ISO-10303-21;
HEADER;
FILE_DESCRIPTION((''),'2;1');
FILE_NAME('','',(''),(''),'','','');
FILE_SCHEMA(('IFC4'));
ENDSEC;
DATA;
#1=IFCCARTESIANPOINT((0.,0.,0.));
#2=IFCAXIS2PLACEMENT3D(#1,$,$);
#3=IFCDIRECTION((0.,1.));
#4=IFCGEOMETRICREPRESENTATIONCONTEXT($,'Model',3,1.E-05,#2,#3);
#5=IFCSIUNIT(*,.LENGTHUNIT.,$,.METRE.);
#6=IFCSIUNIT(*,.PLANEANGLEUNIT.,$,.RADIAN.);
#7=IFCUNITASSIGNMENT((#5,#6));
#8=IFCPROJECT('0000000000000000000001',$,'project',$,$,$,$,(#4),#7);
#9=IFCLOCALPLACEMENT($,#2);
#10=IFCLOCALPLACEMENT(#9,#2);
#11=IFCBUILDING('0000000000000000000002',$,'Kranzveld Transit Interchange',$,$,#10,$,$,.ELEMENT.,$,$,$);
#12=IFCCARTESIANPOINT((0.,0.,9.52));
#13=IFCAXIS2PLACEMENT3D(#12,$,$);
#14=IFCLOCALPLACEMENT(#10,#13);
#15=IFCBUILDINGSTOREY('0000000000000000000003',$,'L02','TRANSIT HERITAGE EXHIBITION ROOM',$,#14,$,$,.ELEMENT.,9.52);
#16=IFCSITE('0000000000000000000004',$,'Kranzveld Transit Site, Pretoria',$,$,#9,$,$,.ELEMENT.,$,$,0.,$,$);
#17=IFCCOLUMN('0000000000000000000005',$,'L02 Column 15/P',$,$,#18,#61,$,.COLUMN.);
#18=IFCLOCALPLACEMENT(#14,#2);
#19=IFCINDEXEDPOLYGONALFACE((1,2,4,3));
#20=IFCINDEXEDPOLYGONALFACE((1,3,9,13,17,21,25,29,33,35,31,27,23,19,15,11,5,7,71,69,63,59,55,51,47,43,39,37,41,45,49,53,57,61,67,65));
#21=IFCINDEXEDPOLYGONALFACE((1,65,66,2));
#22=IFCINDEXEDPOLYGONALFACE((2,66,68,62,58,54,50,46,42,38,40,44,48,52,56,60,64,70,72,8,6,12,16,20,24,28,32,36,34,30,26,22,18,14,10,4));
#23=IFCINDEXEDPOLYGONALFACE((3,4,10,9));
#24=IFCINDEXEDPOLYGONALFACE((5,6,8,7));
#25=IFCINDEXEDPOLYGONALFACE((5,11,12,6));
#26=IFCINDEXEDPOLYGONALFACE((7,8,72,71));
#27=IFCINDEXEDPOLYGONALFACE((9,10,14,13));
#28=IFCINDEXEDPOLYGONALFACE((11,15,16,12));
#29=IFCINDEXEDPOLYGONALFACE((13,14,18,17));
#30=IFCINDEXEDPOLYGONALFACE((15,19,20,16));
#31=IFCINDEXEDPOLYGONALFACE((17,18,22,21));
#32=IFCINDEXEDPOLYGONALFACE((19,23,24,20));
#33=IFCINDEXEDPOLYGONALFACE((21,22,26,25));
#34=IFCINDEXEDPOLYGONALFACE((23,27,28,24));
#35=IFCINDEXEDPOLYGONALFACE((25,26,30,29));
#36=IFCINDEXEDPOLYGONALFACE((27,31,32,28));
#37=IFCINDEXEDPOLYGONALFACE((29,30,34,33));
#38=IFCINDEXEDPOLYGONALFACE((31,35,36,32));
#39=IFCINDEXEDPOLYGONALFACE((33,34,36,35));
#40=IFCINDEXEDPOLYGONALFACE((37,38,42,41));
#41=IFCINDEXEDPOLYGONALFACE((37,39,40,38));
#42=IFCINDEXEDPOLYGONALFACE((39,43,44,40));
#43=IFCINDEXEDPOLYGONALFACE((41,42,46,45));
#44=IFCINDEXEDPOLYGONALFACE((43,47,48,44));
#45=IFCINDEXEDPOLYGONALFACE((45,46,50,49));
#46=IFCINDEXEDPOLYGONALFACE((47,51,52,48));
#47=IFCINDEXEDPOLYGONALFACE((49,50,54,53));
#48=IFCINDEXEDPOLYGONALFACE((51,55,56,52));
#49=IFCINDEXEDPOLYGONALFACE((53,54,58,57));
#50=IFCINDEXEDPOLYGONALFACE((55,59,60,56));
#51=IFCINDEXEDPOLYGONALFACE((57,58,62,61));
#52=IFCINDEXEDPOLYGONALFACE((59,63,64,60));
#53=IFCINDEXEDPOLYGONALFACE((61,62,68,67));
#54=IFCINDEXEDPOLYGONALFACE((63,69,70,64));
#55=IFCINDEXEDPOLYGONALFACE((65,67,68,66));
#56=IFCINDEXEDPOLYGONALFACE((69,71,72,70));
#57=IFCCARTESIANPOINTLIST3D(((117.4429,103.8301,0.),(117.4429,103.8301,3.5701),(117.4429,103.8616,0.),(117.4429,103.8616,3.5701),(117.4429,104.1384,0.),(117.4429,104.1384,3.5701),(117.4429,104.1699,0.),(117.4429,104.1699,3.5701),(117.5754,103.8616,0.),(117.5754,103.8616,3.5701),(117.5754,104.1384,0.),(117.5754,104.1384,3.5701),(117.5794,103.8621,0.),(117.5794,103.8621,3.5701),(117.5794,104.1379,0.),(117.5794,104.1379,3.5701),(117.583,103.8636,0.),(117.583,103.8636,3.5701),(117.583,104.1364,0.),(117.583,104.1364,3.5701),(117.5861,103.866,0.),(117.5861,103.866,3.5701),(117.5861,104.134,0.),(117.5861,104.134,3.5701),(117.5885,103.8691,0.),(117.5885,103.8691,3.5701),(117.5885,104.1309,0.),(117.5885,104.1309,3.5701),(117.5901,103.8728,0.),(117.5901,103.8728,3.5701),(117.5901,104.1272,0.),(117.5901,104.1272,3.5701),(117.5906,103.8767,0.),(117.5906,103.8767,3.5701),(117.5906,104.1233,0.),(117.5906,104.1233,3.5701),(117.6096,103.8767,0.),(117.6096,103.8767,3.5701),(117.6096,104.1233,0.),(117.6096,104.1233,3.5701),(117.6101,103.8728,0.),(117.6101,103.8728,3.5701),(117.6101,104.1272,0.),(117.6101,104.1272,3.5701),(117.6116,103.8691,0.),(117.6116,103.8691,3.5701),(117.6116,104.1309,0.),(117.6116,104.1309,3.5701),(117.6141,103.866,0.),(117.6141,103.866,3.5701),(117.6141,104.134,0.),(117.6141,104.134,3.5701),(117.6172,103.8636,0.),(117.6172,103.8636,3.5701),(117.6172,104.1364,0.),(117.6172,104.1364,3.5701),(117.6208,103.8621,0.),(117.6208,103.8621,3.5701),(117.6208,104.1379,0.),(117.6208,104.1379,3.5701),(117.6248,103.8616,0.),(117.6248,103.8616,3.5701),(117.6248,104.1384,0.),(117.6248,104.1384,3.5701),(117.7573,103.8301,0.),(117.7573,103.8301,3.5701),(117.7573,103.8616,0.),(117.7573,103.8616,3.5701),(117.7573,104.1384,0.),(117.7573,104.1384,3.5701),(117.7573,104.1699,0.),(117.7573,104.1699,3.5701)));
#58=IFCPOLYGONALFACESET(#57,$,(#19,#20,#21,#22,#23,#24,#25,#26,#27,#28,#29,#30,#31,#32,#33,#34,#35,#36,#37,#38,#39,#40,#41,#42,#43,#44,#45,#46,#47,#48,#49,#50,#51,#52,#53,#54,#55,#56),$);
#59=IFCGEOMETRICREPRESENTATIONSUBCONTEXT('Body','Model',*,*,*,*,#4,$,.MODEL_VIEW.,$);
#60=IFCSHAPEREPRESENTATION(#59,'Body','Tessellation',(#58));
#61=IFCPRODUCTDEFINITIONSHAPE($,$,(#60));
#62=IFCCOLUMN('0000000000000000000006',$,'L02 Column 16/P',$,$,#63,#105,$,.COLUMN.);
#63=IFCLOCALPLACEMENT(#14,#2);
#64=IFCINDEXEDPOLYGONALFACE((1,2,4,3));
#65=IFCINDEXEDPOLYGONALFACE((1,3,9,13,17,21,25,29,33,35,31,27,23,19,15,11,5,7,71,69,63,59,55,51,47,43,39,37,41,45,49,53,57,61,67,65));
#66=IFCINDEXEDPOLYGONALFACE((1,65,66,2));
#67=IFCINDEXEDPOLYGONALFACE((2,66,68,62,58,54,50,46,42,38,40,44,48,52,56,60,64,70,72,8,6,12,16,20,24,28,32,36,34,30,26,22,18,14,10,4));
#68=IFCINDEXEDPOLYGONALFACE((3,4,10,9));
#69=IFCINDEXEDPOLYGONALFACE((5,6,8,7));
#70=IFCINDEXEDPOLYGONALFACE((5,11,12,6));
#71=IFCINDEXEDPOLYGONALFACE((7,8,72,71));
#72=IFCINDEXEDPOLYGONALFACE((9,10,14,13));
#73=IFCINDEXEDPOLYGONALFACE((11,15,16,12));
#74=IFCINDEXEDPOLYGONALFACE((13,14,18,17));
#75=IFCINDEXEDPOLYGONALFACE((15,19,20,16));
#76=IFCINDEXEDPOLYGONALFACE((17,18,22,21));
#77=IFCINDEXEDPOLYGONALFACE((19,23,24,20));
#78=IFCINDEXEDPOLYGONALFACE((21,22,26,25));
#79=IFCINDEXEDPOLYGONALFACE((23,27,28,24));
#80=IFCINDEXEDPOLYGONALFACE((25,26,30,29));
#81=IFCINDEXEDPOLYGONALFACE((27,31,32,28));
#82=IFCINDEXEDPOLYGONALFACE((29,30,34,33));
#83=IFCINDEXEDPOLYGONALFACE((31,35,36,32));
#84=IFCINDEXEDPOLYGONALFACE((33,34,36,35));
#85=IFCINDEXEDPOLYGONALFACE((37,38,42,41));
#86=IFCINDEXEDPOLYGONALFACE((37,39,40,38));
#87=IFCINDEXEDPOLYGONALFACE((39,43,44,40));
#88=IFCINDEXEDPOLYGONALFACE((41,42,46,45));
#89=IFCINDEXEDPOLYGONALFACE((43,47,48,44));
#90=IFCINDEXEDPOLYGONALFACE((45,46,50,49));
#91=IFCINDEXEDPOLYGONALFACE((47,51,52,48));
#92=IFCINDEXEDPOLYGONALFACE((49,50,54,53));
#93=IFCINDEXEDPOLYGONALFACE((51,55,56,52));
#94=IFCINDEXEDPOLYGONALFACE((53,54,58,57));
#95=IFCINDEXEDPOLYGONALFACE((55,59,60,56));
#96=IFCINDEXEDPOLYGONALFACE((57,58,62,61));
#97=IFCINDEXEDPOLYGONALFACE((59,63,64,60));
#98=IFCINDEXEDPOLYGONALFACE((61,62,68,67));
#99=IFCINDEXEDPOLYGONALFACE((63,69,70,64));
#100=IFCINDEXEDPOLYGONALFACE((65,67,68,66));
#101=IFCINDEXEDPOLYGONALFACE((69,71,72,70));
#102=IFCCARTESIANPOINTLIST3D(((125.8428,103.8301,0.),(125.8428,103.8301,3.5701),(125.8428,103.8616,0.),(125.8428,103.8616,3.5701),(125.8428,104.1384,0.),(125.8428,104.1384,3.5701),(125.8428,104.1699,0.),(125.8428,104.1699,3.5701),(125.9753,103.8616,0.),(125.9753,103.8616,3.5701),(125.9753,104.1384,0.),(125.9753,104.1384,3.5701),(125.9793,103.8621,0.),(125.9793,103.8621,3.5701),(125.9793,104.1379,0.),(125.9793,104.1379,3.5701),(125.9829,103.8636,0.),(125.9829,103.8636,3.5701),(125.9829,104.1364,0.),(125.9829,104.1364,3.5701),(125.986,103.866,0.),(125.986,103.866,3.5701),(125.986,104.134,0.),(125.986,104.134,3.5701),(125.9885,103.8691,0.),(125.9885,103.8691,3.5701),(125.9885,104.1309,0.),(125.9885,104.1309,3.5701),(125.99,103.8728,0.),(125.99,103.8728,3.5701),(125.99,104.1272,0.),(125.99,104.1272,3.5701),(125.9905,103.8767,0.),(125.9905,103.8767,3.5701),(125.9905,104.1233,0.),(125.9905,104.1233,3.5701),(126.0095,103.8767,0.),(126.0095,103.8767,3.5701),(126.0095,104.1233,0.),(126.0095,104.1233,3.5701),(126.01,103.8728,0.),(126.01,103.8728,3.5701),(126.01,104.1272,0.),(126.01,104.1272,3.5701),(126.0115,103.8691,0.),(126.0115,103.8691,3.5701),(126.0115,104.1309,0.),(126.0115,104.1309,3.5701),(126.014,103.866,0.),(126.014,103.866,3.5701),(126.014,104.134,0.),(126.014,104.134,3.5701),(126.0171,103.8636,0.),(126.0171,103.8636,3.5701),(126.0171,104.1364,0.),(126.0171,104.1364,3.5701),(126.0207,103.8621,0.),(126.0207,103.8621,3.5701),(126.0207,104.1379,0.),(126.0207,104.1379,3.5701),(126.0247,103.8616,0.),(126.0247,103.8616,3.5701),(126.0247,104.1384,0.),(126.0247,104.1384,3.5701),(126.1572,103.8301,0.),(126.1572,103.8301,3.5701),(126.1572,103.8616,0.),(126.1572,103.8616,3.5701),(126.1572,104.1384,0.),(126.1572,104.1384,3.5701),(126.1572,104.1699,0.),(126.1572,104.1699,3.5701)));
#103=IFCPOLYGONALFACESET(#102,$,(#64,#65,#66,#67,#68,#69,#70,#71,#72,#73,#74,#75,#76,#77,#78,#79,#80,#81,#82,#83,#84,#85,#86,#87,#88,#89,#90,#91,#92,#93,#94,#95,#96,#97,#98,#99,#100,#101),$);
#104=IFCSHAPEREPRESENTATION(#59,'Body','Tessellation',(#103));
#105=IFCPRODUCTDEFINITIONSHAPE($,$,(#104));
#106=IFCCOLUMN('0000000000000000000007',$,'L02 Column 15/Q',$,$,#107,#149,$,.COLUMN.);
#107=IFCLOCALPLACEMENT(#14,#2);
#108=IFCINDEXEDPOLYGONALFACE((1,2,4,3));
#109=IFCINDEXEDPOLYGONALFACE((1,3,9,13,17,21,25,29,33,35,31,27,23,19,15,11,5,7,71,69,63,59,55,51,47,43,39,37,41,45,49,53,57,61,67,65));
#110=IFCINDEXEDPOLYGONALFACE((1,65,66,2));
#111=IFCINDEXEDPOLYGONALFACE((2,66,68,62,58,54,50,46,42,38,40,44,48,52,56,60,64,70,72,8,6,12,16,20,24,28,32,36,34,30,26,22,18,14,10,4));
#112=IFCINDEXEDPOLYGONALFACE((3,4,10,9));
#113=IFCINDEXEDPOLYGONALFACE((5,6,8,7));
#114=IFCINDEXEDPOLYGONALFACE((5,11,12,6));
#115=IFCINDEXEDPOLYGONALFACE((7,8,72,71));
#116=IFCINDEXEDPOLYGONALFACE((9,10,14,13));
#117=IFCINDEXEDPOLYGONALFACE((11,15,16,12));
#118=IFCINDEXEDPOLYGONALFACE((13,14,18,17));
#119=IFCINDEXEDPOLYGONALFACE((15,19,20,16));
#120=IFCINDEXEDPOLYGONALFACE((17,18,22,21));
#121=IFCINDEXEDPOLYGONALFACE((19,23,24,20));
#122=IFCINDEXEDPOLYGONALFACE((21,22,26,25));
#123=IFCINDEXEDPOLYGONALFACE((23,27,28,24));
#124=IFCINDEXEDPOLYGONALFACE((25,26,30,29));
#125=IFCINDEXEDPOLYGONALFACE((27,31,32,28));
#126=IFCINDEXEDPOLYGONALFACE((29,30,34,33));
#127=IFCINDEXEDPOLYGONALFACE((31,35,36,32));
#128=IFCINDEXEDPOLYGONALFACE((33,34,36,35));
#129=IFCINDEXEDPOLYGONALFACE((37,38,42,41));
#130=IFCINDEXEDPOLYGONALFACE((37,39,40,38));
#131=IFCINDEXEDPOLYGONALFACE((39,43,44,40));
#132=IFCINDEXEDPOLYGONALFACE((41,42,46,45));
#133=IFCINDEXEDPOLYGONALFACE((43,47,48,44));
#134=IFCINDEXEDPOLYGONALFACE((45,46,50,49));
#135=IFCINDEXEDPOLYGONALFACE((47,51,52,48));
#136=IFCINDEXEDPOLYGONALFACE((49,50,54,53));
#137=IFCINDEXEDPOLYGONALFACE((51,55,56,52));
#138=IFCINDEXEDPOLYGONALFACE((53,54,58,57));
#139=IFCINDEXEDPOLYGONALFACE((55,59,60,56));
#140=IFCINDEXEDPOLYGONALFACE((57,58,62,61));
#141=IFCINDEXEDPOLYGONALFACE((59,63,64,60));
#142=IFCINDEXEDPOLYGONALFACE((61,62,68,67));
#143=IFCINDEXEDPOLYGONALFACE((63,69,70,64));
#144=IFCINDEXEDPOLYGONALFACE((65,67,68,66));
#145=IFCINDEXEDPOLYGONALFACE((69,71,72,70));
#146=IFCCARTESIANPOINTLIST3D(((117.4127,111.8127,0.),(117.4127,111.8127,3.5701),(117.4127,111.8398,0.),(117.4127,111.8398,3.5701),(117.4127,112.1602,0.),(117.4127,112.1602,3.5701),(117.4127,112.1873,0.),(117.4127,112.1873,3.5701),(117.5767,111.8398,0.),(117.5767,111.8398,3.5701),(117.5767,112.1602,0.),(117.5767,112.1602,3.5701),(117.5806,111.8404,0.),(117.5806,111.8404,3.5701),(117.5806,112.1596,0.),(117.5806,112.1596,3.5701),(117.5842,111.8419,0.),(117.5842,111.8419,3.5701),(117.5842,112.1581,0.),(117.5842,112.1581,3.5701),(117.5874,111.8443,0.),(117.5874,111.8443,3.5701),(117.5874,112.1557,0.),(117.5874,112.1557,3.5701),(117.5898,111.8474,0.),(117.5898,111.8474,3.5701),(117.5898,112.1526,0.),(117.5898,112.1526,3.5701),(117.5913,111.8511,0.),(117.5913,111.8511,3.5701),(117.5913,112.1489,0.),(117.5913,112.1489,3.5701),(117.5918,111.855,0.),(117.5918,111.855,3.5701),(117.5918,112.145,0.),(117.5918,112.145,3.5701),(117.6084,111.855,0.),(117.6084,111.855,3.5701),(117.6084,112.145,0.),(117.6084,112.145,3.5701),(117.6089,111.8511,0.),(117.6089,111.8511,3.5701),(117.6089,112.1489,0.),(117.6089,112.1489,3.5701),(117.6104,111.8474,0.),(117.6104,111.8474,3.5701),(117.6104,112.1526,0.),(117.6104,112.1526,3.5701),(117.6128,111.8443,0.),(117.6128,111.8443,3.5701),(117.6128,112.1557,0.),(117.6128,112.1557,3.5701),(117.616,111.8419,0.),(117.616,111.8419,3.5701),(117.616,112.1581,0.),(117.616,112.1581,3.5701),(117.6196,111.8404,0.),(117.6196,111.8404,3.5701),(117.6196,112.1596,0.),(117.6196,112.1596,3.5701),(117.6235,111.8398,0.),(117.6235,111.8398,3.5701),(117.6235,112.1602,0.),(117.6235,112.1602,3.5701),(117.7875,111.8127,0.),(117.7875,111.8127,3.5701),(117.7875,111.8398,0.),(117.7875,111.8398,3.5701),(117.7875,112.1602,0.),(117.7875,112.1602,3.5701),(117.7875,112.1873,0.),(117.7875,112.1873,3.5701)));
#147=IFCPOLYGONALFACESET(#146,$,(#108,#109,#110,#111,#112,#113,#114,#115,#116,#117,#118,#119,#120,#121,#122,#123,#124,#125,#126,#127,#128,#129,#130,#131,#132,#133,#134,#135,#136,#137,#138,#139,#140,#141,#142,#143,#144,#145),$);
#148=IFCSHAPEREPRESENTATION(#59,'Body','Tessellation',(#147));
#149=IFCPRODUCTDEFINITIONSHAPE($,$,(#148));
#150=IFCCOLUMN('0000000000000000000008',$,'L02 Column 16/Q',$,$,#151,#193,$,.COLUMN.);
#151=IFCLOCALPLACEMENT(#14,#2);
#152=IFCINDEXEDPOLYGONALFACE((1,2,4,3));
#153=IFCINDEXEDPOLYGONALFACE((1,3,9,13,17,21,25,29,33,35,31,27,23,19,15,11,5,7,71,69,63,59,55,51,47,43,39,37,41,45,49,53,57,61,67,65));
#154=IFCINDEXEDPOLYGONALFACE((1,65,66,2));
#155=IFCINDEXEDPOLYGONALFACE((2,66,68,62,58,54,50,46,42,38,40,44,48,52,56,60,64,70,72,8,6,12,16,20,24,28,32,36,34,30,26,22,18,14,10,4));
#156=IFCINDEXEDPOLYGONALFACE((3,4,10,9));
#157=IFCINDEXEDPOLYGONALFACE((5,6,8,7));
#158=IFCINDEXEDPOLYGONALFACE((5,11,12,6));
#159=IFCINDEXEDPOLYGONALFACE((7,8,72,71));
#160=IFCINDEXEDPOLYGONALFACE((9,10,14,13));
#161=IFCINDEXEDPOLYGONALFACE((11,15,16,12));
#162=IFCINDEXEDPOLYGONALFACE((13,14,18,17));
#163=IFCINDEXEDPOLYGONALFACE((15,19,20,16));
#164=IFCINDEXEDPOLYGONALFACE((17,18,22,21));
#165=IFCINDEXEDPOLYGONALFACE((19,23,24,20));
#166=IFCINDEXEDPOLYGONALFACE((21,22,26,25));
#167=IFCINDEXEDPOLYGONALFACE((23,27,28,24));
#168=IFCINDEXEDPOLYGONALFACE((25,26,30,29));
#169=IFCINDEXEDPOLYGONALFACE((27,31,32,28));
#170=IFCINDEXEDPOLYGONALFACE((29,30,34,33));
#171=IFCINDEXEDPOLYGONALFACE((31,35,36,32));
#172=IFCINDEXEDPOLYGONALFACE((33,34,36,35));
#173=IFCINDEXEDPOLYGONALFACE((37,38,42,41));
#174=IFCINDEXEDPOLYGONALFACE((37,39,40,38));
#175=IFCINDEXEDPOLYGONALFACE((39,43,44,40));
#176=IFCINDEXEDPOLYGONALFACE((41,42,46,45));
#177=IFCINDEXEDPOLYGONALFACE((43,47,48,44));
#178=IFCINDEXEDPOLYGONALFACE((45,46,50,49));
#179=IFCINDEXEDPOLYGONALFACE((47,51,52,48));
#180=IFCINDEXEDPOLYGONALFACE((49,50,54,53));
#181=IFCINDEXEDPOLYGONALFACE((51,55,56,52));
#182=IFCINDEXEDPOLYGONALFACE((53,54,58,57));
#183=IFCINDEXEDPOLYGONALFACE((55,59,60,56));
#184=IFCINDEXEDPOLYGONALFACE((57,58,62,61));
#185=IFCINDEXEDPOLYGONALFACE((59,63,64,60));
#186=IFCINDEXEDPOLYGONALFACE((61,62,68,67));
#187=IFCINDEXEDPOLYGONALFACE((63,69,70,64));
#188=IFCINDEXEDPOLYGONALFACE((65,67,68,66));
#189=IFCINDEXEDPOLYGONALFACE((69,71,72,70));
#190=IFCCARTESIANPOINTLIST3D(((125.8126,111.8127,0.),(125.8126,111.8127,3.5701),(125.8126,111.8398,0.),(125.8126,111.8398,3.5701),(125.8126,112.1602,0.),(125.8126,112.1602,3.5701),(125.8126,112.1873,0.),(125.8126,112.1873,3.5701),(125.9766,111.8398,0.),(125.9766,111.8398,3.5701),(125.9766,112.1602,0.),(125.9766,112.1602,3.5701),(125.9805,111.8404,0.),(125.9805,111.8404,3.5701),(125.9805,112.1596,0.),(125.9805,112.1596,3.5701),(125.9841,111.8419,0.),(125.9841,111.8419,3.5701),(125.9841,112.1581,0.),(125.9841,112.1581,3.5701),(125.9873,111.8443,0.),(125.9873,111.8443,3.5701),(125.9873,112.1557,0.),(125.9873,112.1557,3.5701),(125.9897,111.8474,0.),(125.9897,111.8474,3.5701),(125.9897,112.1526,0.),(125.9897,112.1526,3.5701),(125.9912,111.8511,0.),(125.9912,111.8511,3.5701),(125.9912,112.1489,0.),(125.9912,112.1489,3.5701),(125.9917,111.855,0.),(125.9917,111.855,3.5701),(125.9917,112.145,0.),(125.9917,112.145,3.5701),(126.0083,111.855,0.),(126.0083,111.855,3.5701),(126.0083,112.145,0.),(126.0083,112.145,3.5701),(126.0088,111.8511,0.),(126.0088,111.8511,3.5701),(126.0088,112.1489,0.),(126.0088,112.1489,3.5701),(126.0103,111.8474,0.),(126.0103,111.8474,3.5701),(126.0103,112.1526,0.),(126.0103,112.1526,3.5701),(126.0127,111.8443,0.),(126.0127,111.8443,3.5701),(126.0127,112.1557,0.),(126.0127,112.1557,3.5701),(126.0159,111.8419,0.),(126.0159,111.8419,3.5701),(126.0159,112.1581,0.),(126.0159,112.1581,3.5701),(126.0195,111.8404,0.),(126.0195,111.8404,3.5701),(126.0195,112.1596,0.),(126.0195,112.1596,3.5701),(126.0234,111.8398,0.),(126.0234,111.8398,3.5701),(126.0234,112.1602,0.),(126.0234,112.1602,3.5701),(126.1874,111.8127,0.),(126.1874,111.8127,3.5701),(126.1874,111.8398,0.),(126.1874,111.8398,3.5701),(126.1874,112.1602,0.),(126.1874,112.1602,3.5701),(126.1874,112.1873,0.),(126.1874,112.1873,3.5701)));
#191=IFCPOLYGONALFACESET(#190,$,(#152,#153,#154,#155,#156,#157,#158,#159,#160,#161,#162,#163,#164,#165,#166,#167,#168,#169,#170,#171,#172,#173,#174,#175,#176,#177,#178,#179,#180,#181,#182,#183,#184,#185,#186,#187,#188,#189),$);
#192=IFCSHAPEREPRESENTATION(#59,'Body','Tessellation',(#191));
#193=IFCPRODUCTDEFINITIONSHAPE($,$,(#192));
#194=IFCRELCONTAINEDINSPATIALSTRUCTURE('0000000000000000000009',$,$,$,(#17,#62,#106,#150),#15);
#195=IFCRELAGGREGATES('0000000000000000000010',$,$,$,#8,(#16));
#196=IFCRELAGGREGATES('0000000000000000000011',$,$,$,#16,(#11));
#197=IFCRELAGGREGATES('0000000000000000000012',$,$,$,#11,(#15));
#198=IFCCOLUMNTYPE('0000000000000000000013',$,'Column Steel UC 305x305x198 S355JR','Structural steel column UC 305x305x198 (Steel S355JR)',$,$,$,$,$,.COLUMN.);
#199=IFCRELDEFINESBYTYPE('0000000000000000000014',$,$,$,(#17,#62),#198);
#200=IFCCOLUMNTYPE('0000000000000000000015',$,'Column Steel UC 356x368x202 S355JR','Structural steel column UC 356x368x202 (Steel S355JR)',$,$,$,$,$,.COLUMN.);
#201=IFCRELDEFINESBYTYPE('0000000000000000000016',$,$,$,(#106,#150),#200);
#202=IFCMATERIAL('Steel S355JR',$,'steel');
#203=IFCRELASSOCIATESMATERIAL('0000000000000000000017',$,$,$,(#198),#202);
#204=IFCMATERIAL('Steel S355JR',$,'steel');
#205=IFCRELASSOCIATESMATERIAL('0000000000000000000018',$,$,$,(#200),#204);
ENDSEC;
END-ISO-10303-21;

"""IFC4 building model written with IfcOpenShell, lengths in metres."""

from ifc_helpers import new_model, si_unit, direction, frame, origin, origin_2d, place, context, subcontext, project, spatial, i_section, extrude, material, material_profile, profile_set, type_object, element, save


model = new_model("IFC4")

# Units and contexts
model_context = context("Model", 3, precision=1e-05, world=origin(), true_north=direction((0.0, 1.0)))
body_context = subcontext(model_context, "Body", "Model", "MODEL_VIEW")
ifc_project = project(units=[si_unit("LENGTHUNIT", "METRE"), si_unit("PLANEANGLEUNIT", "RADIAN")], contexts=[model_context])

# Site, building, storey
site_placement = place(None, origin())
site = spatial("IfcSite", under=ifc_project, at=site_placement, Name="Kranzveld Transit Site, Pretoria", CompositionType="ELEMENT", RefElevation=0.0)
building_placement = place(site_placement, origin())
building = spatial("IfcBuilding", under=site, at=building_placement, Name="Kranzveld Transit Interchange", CompositionType="ELEMENT")
storey_placement = place(building_placement, frame((0.0, 0.0, 9.52)))
storey = spatial("IfcBuildingStorey", under=building, at=storey_placement, Name="L02", Description="TRANSIT HERITAGE EXHIBITION ROOM", CompositionType="ELEMENT", Elevation=9.52)

# Columns
ifc_material_1 = material(Name="Steel S355JR", Category="steel")
ifc_material_profile_1 = material_profile(ifc_material_1, i_section(OverallWidth=0.3145, OverallDepth=0.3398, WebThickness=0.019, FlangeThickness=0.0315, FilletRadius=0.0151, at=origin_2d()), Name="UC 305x305x198")
ifc_profile_set_1 = profile_set([ifc_material_profile_1], Name="Steel S355JR")
column_type_1 = type_object("IfcColumnType", Name="Column Steel UC 305x305x198 S355JR", Description="Structural steel column UC 305x305x198 (Steel S355JR)", PredefinedType="COLUMN", material=ifc_profile_set_1)
for number, where, z_axis, x_axis, name in (
    (1, (117.6001, 104.0, 0.0), (0.0, 0.0, 1.0), (1.0, 0.0, 0.0), "L02 Column 15/P"),
    (2, (126.0, 104.0, 0.0), (0.0, 0.0, 1.0), (1.0, 0.0, 0.0), "L02 Column 16/P"),
):
    element("IfcColumn", number, at=place(storey_placement, frame(where, z_axis=z_axis, x_axis=x_axis)), inside=storey, type_object=column_type_1, Name=name, PredefinedType="COLUMN", context=body_context, shape_type="SweptSolid", body=[
        extrude(i_section(OverallWidth=0.3145, OverallDepth=0.3398, WebThickness=0.019, FlangeThickness=0.0315, FilletRadius=0.0151, at=origin_2d()), origin(), (0.0, 0.0, 1.0), 3.5701),
    ])
ifc_material_2 = material(Name="Steel S355JR", Category="steel")
ifc_material_profile_2 = material_profile(ifc_material_2, i_section(OverallWidth=0.3748, OverallDepth=0.3745, WebThickness=0.0166, FlangeThickness=0.0271, FilletRadius=0.0151, at=origin_2d()), Name="UC 356x368x202")
ifc_profile_set_2 = profile_set([ifc_material_profile_2], Name="Steel S355JR")
column_type_2 = type_object("IfcColumnType", Name="Column Steel UC 356x368x202 S355JR", Description="Structural steel column UC 356x368x202 (Steel S355JR)", PredefinedType="COLUMN", material=ifc_profile_set_2)
for number, where, z_axis, x_axis, name in (
    (3, (117.6001, 112.0, 0.0), (0.0, 0.0, 1.0), (1.0, 0.0, 0.0), "L02 Column 15/Q"),
    (4, (126.0, 112.0, 0.0), (0.0, 0.0, 1.0), (1.0, 0.0, 0.0), "L02 Column 16/Q"),
):
    element("IfcColumn", number, at=place(storey_placement, frame(where, z_axis=z_axis, x_axis=x_axis)), inside=storey, type_object=column_type_2, Name=name, PredefinedType="COLUMN", context=body_context, shape_type="SweptSolid", body=[
        extrude(i_section(OverallWidth=0.3748, OverallDepth=0.3745, WebThickness=0.0166, FlangeThickness=0.0271, FilletRadius=0.0151, at=origin_2d()), origin(), (0.0, 0.0, 1.0), 3.5701),
    ])

save(model, "model.ifc")
